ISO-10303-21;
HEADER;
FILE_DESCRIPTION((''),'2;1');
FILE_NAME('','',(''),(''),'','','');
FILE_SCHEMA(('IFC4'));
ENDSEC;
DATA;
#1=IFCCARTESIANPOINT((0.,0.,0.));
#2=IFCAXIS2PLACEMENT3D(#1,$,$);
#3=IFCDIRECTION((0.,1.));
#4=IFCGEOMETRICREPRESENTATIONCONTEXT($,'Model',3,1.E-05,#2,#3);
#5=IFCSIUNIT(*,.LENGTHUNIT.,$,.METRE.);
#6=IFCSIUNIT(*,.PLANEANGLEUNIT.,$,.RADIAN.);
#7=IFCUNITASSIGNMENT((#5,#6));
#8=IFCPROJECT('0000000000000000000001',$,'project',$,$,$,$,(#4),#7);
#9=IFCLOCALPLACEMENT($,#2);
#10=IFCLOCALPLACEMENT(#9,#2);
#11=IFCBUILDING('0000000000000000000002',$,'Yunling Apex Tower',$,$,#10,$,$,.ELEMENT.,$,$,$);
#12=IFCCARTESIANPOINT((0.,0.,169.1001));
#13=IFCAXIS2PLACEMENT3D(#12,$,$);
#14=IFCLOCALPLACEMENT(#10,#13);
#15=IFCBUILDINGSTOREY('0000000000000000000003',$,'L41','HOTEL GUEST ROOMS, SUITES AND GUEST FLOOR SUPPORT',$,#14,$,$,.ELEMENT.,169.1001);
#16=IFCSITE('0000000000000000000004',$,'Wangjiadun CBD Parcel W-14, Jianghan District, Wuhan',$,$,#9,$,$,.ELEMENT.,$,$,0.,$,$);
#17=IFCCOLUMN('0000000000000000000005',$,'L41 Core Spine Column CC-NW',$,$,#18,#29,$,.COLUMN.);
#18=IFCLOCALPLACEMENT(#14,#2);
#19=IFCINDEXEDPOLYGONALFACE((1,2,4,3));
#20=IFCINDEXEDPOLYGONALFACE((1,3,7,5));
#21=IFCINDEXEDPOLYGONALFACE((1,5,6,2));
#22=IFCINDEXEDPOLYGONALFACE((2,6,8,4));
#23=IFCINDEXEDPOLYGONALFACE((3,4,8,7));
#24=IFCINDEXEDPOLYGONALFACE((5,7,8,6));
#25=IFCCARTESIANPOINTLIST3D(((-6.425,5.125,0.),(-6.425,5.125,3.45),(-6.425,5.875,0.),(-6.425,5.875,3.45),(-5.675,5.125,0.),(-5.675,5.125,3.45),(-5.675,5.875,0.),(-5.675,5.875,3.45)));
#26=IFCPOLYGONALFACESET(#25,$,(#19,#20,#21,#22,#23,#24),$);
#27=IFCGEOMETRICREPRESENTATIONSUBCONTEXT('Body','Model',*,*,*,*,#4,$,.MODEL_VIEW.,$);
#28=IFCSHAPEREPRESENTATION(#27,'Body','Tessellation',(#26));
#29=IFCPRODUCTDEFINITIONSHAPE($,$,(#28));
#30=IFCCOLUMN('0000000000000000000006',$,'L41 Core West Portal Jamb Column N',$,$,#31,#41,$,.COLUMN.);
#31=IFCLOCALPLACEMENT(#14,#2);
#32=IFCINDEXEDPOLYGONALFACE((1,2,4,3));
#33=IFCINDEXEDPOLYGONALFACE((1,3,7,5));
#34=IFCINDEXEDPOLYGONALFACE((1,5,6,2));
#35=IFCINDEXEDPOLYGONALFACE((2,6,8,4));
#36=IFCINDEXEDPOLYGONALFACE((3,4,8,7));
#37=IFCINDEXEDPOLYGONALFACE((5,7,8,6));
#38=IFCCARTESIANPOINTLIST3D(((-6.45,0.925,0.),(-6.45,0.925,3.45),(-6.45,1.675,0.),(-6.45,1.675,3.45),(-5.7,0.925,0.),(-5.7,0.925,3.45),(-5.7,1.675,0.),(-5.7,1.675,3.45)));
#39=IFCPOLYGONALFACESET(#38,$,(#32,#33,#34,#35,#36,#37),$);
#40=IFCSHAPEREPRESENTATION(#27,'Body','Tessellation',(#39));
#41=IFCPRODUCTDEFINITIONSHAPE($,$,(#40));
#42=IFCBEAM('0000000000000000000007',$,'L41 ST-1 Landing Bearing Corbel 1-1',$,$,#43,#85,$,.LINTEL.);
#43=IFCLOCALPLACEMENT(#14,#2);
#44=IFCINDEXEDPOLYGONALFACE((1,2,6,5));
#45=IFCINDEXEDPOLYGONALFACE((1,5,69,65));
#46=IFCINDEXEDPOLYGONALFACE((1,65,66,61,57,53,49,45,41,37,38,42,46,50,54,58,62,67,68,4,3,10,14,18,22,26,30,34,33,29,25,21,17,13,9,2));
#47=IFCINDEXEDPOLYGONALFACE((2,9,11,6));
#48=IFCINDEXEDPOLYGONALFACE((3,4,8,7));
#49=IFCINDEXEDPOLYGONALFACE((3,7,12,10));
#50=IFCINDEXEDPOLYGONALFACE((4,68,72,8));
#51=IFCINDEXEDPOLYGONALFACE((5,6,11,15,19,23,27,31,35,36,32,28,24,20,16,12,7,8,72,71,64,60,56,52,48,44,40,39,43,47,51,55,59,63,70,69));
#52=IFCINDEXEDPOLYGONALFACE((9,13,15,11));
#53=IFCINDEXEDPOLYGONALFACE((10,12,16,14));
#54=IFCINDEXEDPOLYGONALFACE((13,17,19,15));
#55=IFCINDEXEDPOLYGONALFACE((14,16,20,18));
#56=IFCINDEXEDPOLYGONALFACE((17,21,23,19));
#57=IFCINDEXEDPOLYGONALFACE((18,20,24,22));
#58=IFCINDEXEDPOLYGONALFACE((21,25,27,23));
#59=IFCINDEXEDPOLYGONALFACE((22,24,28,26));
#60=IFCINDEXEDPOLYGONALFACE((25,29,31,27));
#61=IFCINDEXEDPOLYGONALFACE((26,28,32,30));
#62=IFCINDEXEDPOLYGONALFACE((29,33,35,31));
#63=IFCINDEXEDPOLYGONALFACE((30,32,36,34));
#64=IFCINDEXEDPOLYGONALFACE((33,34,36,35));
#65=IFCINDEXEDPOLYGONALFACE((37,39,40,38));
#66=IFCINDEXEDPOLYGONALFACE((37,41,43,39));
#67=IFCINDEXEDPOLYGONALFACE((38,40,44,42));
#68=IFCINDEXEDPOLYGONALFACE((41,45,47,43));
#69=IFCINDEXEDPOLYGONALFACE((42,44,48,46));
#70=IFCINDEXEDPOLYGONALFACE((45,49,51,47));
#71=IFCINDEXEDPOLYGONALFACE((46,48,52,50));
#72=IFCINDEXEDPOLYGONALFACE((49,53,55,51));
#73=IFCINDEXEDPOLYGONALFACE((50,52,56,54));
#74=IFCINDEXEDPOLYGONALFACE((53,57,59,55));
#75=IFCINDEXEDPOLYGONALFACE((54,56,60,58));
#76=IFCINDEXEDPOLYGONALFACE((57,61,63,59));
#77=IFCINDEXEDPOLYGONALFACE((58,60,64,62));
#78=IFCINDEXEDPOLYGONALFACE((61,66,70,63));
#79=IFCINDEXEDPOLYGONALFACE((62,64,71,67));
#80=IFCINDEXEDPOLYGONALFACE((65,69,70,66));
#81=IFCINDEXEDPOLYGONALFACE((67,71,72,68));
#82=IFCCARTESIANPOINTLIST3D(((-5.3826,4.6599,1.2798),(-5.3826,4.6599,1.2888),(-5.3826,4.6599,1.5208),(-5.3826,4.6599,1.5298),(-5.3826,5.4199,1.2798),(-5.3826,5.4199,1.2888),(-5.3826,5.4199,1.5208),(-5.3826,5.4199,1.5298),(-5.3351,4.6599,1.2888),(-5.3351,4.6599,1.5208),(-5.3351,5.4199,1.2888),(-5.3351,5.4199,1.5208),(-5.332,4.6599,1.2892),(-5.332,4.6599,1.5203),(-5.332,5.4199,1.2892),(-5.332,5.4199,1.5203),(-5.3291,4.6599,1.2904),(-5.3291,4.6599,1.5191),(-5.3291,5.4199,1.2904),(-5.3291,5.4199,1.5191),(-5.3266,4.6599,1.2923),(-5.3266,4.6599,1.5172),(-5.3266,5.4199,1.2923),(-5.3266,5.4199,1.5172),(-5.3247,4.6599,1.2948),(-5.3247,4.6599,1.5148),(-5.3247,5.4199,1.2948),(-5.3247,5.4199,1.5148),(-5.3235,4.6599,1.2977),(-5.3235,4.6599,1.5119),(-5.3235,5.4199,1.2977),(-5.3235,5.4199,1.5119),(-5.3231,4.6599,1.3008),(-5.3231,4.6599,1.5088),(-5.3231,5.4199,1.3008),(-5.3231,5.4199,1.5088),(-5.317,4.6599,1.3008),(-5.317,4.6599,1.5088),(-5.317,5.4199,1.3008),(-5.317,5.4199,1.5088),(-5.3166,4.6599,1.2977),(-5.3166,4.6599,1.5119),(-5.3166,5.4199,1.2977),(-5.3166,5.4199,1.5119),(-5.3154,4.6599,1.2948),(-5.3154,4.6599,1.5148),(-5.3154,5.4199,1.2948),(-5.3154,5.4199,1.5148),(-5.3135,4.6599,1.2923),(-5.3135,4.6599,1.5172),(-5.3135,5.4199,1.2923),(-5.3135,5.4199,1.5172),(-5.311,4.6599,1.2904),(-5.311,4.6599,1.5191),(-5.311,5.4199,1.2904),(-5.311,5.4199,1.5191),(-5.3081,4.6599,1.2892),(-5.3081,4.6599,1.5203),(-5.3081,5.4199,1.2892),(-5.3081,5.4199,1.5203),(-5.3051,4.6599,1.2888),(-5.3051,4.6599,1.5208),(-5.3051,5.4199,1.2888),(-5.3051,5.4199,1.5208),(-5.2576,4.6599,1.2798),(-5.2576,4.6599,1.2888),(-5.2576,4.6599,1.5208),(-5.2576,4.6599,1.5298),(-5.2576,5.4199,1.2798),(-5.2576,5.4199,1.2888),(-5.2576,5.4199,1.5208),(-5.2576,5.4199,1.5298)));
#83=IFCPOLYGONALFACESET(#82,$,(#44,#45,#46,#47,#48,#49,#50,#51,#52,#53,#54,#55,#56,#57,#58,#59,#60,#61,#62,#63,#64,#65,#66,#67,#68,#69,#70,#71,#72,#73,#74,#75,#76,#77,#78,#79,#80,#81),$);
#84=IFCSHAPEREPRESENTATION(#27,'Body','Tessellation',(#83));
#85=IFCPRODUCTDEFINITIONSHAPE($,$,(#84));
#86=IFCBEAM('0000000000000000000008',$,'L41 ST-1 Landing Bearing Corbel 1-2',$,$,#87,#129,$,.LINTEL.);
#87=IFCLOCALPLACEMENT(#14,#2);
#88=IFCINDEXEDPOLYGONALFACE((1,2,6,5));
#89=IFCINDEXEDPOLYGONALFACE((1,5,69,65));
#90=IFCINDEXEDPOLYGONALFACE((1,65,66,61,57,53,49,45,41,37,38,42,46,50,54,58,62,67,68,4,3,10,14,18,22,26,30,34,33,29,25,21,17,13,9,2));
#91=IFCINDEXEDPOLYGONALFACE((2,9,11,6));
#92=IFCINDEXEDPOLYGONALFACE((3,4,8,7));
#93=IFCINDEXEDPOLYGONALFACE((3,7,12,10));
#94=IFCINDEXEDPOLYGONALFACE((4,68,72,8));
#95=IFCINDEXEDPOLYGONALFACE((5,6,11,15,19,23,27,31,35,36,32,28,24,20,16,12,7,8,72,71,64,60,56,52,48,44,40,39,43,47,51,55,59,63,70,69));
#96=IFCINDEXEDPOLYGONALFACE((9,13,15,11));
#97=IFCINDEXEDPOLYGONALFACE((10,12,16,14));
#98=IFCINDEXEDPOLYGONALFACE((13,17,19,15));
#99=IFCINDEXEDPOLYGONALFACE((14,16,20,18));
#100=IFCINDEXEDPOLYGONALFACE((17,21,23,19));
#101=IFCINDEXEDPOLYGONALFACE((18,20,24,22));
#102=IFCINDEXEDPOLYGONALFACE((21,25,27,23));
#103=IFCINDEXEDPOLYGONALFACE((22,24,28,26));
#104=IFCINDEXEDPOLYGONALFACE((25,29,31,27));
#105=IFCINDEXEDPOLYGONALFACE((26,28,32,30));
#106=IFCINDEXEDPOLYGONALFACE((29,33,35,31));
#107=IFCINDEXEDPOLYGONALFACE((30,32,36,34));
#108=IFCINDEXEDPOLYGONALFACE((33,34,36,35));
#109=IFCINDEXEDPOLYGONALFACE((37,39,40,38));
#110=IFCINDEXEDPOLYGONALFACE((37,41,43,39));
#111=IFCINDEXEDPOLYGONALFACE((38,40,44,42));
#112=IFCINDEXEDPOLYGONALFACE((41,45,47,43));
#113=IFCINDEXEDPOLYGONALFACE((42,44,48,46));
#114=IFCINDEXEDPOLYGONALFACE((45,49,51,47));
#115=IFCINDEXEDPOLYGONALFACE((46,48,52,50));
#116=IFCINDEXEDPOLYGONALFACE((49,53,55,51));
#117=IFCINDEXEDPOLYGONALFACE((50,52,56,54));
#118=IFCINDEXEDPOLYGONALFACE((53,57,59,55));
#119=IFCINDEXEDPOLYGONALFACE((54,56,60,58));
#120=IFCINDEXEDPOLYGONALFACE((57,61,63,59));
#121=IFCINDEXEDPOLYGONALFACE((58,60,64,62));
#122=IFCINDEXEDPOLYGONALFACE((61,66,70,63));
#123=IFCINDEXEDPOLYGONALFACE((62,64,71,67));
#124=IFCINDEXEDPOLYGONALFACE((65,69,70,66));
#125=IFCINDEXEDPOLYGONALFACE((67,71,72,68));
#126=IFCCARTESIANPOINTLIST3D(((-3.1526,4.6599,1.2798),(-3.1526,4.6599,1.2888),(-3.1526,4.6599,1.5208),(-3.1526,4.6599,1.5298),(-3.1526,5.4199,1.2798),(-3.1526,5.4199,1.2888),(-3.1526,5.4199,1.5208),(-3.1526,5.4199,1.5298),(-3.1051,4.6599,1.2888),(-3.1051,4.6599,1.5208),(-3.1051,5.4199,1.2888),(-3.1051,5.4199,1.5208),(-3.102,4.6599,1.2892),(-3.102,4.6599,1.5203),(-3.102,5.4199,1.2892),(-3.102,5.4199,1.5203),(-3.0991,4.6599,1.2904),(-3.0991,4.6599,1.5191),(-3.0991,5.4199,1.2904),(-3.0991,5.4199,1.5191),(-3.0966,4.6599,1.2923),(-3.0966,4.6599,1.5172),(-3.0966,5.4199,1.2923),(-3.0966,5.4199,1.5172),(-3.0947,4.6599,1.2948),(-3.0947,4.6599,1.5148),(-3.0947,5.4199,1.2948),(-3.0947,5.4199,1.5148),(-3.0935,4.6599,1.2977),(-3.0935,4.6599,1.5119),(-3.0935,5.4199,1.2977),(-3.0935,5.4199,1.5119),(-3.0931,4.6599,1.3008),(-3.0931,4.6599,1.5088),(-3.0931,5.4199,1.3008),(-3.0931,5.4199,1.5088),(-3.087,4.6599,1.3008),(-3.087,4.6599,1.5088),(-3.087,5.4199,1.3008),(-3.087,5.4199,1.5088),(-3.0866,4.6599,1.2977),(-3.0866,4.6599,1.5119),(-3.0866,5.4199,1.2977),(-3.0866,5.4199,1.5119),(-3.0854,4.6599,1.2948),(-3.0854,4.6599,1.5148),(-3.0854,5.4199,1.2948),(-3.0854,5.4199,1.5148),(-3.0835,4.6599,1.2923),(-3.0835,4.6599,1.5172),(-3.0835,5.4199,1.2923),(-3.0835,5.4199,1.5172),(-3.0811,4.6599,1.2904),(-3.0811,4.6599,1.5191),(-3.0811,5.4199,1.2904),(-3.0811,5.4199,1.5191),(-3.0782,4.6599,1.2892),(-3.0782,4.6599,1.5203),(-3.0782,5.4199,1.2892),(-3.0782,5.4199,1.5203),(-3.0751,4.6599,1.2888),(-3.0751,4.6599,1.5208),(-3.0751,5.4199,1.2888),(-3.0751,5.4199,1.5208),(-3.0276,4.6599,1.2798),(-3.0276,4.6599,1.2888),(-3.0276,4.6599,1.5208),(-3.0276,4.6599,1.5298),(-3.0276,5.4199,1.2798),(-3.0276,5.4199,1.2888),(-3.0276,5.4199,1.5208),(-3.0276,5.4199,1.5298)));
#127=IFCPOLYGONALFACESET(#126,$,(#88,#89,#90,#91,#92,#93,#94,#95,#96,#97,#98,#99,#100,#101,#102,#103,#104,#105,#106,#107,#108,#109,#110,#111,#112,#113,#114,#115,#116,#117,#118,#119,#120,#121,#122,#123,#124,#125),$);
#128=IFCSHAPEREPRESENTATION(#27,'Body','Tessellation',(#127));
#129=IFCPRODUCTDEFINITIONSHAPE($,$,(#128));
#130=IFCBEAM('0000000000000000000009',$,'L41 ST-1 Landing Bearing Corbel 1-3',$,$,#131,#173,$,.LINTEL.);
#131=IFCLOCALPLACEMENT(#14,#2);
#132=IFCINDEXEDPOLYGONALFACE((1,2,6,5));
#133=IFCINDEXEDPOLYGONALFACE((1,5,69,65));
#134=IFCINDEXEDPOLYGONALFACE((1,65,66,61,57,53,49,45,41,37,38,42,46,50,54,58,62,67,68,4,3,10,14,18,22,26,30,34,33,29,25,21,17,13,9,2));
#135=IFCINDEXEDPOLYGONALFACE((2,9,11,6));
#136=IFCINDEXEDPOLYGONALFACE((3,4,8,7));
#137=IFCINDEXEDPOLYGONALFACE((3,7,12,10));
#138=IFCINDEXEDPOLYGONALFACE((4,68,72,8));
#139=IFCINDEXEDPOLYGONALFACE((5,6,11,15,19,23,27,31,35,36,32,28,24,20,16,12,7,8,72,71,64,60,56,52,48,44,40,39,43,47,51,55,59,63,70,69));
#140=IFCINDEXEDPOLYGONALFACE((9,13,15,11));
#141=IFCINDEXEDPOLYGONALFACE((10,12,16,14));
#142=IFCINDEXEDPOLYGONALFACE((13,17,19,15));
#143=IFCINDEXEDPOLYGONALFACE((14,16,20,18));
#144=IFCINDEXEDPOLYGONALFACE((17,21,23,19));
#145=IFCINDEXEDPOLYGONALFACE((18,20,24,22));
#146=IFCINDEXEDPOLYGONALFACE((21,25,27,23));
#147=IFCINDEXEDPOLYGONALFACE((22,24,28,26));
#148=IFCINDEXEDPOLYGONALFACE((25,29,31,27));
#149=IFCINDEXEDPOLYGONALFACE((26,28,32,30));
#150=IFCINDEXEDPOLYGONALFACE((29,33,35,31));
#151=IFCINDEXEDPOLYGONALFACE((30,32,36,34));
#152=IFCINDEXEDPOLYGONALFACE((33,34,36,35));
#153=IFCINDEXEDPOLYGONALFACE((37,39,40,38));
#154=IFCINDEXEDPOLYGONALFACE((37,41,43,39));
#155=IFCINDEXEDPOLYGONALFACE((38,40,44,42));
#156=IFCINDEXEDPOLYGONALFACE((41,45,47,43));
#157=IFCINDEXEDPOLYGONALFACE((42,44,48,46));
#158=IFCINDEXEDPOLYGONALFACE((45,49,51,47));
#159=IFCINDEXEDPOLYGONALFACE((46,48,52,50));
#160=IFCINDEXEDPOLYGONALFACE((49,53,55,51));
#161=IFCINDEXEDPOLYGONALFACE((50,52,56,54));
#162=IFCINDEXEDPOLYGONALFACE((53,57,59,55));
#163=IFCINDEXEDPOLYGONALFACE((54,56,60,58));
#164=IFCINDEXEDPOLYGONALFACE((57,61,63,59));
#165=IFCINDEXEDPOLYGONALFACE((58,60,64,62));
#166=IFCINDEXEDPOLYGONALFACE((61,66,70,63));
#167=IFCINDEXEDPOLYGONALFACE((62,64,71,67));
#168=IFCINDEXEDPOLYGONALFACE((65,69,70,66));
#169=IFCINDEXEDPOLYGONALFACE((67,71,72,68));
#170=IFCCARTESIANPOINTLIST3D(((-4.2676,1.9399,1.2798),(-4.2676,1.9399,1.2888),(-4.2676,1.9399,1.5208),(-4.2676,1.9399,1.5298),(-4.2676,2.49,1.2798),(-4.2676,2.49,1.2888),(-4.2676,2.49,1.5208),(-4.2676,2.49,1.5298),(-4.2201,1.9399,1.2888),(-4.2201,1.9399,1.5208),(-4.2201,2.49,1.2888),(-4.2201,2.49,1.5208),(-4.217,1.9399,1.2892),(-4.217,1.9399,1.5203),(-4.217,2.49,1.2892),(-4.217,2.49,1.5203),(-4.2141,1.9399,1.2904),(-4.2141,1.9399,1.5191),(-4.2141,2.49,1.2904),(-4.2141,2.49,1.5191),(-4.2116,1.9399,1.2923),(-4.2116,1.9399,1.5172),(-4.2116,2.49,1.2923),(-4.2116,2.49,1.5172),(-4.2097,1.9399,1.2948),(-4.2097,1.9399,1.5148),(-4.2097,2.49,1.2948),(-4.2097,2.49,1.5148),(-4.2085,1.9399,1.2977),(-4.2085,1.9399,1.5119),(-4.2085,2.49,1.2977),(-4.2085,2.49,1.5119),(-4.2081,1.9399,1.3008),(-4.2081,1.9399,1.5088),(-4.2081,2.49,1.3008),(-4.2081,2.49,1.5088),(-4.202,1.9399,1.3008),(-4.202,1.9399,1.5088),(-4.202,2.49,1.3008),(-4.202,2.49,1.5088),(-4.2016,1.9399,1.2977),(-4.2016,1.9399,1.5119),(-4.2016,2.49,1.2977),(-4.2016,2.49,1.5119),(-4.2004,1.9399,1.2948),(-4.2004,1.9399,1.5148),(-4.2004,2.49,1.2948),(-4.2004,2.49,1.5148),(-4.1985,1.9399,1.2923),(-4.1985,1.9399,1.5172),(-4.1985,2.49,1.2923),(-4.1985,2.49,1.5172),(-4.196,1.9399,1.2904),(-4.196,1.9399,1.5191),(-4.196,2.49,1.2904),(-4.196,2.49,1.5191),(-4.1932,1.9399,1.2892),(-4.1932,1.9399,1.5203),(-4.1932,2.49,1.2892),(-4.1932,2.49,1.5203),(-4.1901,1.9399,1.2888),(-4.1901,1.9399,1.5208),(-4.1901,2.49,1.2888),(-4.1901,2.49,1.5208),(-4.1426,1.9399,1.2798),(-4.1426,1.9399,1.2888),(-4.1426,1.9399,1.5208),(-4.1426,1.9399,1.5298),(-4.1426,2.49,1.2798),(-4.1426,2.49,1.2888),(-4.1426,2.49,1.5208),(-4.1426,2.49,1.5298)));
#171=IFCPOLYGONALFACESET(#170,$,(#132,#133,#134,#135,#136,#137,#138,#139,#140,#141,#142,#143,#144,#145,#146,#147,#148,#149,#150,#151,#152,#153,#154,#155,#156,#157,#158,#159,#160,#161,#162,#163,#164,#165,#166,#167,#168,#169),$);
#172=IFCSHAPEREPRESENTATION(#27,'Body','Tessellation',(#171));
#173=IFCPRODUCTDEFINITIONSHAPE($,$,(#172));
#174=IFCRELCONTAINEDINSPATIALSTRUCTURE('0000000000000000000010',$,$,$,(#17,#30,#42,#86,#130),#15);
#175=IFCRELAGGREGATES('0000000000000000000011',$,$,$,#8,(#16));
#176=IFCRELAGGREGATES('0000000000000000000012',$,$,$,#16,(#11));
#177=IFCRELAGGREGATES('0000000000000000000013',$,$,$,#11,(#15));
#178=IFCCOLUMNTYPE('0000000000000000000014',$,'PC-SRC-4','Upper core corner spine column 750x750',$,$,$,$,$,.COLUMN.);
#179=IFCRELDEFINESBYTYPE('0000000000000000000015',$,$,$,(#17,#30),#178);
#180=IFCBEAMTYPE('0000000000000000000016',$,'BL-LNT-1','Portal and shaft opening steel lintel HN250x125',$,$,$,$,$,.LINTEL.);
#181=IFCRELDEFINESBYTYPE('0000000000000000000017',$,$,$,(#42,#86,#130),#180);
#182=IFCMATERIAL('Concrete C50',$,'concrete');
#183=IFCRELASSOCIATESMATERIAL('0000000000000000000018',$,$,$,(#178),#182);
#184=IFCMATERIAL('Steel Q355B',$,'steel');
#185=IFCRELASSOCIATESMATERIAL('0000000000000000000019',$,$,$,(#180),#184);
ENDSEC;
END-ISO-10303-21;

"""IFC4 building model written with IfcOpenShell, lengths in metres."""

from ifc_helpers import new_model, si_unit, direction, frame, origin, origin_2d, place, context, subcontext, project, spatial, rectangle, i_section, extrude, source, transform, mapped, material, material_profile, profile_set, type_object, element, save


model = new_model("IFC4")

# Units and contexts
model_context = context("Model", 3, precision=1e-05, world=origin(), true_north=direction((0.0, 1.0)))
body_context = subcontext(model_context, "Body", "Model", "MODEL_VIEW")
ifc_project = project(units=[si_unit("LENGTHUNIT", "METRE"), si_unit("PLANEANGLEUNIT", "RADIAN")], contexts=[model_context])

# Site, building, storey
site_placement = place(None, origin())
site = spatial("IfcSite", under=ifc_project, at=site_placement, Name="Wangjiadun CBD Parcel W-14, Jianghan District, Wuhan", CompositionType="ELEMENT", RefElevation=0.0)
building_placement = place(site_placement, origin())
building = spatial("IfcBuilding", under=site, at=building_placement, Name="Yunling Apex Tower", CompositionType="ELEMENT")
storey_placement = place(building_placement, frame((0.0, 0.0, 169.1001)))
storey = spatial("IfcBuildingStorey", under=building, at=storey_placement, Name="L41", Description="HOTEL GUEST ROOMS, SUITES AND GUEST FLOOR SUPPORT", CompositionType="ELEMENT", Elevation=169.1001)

# Columns
ifc_material_1 = material(Name="Concrete C50", Category="concrete")
ifc_material_profile_1 = material_profile(ifc_material_1, rectangle(XDim=0.75, YDim=0.75, at=origin_2d()))
ifc_profile_set_1 = profile_set([ifc_material_profile_1], Name="Concrete C50")
column_type = type_object("IfcColumnType", Name="PC-SRC-4", Description="Upper core corner spine column 750x750", PredefinedType="COLUMN", material=ifc_profile_set_1)
shared_shape_1 = source(origin(), body_context, "Body", "SweptSolid", [
    extrude(rectangle(XDim=0.75, YDim=0.75, at=origin_2d()), origin(), (0.0, 0.0, 1.0), 3.45),
])
for number, where, z_axis, x_axis, name in (
    (1, (-6.05, 5.5, 0.0), (0.0, 0.0, 1.0), (1.0, 0.0, 0.0), "L41 Core Spine Column CC-NW"),
    (2, (-6.075, 1.3, 0.0), (0.0, 0.0, 1.0), (1.0, 0.0, 0.0), "L41 Core West Portal Jamb Column N"),
):
    element("IfcColumn", number, at=place(storey_placement, frame(where, z_axis=z_axis, x_axis=x_axis)), inside=storey, type_object=column_type, Name=name, PredefinedType="COLUMN", context=body_context, shape_type="MappedRepresentation", body=[
        mapped(shared_shape_1, transform((0.0, 0.0, 0.0), scale=1.0)),
    ])

# Beams
ifc_material_2 = material(Name="Steel Q355B", Category="steel")
ifc_material_profile_2 = material_profile(ifc_material_2, i_section(OverallWidth=0.125, OverallDepth=0.25, WebThickness=0.0061, FlangeThickness=0.009, FilletRadius=0.012, at=origin_2d()))
ifc_profile_set_2 = profile_set([ifc_material_profile_2], Name="Steel Q355B")
beam_type_1 = type_object("IfcBeamType", Name="BL-LNT-1", Description="Portal and shaft opening steel lintel HN250x125", PredefinedType="LINTEL", material=ifc_profile_set_2)
shared_shape_2 = source(origin(), body_context, "Body", "SweptSolid", [
    extrude(i_section(OverallWidth=0.125, OverallDepth=0.25, WebThickness=0.0061, FlangeThickness=0.009, FilletRadius=0.012, at=origin_2d()), origin(), (0.0, 0.0, 1.0), 0.76),
])
for number, where, z_axis, x_axis, name in (
    (3, (-5.3201, 5.4199, 1.4048), (0.0, -1.0, 0.0), (1.0, 0.0, 0.0), "L41 ST-1 Landing Bearing Corbel 1-1"),
    (4, (-3.0901, 5.4199, 1.4048), (0.0, -1.0, 0.0), (1.0, 0.0, 0.0), "L41 ST-1 Landing Bearing Corbel 1-2"),
):
    element("IfcBeam", number, at=place(storey_placement, frame(where, z_axis=z_axis, x_axis=x_axis)), inside=storey, type_object=beam_type_1, Name=name, PredefinedType="LINTEL", context=body_context, shape_type="MappedRepresentation", body=[
        mapped(shared_shape_2, transform((0.0, 0.0, 0.0), scale=1.0)),
    ])
shared_shape_3 = source(origin(), body_context, "Body", "SweptSolid", [
    extrude(i_section(OverallWidth=0.125, OverallDepth=0.25, WebThickness=0.0061, FlangeThickness=0.009, FilletRadius=0.012, at=origin_2d()), origin(), (0.0, 0.0, 1.0), 0.55),
])
beam_1_placement = place(storey_placement, frame((-4.2051, 1.9399, 1.4048), z_axis=(0.0, 1.0, 0.0), x_axis=(-1.0, 0.0, 0.0)))
element("IfcBeam", 5, at=beam_1_placement, inside=storey, type_object=beam_type_1, Name="L41 ST-1 Landing Bearing Corbel 1-3", PredefinedType="LINTEL", context=body_context, shape_type="MappedRepresentation", body=[
    mapped(shared_shape_3, transform((0.0, 0.0, 0.0), scale=1.0)),
])

save(model, "model.ifc")
